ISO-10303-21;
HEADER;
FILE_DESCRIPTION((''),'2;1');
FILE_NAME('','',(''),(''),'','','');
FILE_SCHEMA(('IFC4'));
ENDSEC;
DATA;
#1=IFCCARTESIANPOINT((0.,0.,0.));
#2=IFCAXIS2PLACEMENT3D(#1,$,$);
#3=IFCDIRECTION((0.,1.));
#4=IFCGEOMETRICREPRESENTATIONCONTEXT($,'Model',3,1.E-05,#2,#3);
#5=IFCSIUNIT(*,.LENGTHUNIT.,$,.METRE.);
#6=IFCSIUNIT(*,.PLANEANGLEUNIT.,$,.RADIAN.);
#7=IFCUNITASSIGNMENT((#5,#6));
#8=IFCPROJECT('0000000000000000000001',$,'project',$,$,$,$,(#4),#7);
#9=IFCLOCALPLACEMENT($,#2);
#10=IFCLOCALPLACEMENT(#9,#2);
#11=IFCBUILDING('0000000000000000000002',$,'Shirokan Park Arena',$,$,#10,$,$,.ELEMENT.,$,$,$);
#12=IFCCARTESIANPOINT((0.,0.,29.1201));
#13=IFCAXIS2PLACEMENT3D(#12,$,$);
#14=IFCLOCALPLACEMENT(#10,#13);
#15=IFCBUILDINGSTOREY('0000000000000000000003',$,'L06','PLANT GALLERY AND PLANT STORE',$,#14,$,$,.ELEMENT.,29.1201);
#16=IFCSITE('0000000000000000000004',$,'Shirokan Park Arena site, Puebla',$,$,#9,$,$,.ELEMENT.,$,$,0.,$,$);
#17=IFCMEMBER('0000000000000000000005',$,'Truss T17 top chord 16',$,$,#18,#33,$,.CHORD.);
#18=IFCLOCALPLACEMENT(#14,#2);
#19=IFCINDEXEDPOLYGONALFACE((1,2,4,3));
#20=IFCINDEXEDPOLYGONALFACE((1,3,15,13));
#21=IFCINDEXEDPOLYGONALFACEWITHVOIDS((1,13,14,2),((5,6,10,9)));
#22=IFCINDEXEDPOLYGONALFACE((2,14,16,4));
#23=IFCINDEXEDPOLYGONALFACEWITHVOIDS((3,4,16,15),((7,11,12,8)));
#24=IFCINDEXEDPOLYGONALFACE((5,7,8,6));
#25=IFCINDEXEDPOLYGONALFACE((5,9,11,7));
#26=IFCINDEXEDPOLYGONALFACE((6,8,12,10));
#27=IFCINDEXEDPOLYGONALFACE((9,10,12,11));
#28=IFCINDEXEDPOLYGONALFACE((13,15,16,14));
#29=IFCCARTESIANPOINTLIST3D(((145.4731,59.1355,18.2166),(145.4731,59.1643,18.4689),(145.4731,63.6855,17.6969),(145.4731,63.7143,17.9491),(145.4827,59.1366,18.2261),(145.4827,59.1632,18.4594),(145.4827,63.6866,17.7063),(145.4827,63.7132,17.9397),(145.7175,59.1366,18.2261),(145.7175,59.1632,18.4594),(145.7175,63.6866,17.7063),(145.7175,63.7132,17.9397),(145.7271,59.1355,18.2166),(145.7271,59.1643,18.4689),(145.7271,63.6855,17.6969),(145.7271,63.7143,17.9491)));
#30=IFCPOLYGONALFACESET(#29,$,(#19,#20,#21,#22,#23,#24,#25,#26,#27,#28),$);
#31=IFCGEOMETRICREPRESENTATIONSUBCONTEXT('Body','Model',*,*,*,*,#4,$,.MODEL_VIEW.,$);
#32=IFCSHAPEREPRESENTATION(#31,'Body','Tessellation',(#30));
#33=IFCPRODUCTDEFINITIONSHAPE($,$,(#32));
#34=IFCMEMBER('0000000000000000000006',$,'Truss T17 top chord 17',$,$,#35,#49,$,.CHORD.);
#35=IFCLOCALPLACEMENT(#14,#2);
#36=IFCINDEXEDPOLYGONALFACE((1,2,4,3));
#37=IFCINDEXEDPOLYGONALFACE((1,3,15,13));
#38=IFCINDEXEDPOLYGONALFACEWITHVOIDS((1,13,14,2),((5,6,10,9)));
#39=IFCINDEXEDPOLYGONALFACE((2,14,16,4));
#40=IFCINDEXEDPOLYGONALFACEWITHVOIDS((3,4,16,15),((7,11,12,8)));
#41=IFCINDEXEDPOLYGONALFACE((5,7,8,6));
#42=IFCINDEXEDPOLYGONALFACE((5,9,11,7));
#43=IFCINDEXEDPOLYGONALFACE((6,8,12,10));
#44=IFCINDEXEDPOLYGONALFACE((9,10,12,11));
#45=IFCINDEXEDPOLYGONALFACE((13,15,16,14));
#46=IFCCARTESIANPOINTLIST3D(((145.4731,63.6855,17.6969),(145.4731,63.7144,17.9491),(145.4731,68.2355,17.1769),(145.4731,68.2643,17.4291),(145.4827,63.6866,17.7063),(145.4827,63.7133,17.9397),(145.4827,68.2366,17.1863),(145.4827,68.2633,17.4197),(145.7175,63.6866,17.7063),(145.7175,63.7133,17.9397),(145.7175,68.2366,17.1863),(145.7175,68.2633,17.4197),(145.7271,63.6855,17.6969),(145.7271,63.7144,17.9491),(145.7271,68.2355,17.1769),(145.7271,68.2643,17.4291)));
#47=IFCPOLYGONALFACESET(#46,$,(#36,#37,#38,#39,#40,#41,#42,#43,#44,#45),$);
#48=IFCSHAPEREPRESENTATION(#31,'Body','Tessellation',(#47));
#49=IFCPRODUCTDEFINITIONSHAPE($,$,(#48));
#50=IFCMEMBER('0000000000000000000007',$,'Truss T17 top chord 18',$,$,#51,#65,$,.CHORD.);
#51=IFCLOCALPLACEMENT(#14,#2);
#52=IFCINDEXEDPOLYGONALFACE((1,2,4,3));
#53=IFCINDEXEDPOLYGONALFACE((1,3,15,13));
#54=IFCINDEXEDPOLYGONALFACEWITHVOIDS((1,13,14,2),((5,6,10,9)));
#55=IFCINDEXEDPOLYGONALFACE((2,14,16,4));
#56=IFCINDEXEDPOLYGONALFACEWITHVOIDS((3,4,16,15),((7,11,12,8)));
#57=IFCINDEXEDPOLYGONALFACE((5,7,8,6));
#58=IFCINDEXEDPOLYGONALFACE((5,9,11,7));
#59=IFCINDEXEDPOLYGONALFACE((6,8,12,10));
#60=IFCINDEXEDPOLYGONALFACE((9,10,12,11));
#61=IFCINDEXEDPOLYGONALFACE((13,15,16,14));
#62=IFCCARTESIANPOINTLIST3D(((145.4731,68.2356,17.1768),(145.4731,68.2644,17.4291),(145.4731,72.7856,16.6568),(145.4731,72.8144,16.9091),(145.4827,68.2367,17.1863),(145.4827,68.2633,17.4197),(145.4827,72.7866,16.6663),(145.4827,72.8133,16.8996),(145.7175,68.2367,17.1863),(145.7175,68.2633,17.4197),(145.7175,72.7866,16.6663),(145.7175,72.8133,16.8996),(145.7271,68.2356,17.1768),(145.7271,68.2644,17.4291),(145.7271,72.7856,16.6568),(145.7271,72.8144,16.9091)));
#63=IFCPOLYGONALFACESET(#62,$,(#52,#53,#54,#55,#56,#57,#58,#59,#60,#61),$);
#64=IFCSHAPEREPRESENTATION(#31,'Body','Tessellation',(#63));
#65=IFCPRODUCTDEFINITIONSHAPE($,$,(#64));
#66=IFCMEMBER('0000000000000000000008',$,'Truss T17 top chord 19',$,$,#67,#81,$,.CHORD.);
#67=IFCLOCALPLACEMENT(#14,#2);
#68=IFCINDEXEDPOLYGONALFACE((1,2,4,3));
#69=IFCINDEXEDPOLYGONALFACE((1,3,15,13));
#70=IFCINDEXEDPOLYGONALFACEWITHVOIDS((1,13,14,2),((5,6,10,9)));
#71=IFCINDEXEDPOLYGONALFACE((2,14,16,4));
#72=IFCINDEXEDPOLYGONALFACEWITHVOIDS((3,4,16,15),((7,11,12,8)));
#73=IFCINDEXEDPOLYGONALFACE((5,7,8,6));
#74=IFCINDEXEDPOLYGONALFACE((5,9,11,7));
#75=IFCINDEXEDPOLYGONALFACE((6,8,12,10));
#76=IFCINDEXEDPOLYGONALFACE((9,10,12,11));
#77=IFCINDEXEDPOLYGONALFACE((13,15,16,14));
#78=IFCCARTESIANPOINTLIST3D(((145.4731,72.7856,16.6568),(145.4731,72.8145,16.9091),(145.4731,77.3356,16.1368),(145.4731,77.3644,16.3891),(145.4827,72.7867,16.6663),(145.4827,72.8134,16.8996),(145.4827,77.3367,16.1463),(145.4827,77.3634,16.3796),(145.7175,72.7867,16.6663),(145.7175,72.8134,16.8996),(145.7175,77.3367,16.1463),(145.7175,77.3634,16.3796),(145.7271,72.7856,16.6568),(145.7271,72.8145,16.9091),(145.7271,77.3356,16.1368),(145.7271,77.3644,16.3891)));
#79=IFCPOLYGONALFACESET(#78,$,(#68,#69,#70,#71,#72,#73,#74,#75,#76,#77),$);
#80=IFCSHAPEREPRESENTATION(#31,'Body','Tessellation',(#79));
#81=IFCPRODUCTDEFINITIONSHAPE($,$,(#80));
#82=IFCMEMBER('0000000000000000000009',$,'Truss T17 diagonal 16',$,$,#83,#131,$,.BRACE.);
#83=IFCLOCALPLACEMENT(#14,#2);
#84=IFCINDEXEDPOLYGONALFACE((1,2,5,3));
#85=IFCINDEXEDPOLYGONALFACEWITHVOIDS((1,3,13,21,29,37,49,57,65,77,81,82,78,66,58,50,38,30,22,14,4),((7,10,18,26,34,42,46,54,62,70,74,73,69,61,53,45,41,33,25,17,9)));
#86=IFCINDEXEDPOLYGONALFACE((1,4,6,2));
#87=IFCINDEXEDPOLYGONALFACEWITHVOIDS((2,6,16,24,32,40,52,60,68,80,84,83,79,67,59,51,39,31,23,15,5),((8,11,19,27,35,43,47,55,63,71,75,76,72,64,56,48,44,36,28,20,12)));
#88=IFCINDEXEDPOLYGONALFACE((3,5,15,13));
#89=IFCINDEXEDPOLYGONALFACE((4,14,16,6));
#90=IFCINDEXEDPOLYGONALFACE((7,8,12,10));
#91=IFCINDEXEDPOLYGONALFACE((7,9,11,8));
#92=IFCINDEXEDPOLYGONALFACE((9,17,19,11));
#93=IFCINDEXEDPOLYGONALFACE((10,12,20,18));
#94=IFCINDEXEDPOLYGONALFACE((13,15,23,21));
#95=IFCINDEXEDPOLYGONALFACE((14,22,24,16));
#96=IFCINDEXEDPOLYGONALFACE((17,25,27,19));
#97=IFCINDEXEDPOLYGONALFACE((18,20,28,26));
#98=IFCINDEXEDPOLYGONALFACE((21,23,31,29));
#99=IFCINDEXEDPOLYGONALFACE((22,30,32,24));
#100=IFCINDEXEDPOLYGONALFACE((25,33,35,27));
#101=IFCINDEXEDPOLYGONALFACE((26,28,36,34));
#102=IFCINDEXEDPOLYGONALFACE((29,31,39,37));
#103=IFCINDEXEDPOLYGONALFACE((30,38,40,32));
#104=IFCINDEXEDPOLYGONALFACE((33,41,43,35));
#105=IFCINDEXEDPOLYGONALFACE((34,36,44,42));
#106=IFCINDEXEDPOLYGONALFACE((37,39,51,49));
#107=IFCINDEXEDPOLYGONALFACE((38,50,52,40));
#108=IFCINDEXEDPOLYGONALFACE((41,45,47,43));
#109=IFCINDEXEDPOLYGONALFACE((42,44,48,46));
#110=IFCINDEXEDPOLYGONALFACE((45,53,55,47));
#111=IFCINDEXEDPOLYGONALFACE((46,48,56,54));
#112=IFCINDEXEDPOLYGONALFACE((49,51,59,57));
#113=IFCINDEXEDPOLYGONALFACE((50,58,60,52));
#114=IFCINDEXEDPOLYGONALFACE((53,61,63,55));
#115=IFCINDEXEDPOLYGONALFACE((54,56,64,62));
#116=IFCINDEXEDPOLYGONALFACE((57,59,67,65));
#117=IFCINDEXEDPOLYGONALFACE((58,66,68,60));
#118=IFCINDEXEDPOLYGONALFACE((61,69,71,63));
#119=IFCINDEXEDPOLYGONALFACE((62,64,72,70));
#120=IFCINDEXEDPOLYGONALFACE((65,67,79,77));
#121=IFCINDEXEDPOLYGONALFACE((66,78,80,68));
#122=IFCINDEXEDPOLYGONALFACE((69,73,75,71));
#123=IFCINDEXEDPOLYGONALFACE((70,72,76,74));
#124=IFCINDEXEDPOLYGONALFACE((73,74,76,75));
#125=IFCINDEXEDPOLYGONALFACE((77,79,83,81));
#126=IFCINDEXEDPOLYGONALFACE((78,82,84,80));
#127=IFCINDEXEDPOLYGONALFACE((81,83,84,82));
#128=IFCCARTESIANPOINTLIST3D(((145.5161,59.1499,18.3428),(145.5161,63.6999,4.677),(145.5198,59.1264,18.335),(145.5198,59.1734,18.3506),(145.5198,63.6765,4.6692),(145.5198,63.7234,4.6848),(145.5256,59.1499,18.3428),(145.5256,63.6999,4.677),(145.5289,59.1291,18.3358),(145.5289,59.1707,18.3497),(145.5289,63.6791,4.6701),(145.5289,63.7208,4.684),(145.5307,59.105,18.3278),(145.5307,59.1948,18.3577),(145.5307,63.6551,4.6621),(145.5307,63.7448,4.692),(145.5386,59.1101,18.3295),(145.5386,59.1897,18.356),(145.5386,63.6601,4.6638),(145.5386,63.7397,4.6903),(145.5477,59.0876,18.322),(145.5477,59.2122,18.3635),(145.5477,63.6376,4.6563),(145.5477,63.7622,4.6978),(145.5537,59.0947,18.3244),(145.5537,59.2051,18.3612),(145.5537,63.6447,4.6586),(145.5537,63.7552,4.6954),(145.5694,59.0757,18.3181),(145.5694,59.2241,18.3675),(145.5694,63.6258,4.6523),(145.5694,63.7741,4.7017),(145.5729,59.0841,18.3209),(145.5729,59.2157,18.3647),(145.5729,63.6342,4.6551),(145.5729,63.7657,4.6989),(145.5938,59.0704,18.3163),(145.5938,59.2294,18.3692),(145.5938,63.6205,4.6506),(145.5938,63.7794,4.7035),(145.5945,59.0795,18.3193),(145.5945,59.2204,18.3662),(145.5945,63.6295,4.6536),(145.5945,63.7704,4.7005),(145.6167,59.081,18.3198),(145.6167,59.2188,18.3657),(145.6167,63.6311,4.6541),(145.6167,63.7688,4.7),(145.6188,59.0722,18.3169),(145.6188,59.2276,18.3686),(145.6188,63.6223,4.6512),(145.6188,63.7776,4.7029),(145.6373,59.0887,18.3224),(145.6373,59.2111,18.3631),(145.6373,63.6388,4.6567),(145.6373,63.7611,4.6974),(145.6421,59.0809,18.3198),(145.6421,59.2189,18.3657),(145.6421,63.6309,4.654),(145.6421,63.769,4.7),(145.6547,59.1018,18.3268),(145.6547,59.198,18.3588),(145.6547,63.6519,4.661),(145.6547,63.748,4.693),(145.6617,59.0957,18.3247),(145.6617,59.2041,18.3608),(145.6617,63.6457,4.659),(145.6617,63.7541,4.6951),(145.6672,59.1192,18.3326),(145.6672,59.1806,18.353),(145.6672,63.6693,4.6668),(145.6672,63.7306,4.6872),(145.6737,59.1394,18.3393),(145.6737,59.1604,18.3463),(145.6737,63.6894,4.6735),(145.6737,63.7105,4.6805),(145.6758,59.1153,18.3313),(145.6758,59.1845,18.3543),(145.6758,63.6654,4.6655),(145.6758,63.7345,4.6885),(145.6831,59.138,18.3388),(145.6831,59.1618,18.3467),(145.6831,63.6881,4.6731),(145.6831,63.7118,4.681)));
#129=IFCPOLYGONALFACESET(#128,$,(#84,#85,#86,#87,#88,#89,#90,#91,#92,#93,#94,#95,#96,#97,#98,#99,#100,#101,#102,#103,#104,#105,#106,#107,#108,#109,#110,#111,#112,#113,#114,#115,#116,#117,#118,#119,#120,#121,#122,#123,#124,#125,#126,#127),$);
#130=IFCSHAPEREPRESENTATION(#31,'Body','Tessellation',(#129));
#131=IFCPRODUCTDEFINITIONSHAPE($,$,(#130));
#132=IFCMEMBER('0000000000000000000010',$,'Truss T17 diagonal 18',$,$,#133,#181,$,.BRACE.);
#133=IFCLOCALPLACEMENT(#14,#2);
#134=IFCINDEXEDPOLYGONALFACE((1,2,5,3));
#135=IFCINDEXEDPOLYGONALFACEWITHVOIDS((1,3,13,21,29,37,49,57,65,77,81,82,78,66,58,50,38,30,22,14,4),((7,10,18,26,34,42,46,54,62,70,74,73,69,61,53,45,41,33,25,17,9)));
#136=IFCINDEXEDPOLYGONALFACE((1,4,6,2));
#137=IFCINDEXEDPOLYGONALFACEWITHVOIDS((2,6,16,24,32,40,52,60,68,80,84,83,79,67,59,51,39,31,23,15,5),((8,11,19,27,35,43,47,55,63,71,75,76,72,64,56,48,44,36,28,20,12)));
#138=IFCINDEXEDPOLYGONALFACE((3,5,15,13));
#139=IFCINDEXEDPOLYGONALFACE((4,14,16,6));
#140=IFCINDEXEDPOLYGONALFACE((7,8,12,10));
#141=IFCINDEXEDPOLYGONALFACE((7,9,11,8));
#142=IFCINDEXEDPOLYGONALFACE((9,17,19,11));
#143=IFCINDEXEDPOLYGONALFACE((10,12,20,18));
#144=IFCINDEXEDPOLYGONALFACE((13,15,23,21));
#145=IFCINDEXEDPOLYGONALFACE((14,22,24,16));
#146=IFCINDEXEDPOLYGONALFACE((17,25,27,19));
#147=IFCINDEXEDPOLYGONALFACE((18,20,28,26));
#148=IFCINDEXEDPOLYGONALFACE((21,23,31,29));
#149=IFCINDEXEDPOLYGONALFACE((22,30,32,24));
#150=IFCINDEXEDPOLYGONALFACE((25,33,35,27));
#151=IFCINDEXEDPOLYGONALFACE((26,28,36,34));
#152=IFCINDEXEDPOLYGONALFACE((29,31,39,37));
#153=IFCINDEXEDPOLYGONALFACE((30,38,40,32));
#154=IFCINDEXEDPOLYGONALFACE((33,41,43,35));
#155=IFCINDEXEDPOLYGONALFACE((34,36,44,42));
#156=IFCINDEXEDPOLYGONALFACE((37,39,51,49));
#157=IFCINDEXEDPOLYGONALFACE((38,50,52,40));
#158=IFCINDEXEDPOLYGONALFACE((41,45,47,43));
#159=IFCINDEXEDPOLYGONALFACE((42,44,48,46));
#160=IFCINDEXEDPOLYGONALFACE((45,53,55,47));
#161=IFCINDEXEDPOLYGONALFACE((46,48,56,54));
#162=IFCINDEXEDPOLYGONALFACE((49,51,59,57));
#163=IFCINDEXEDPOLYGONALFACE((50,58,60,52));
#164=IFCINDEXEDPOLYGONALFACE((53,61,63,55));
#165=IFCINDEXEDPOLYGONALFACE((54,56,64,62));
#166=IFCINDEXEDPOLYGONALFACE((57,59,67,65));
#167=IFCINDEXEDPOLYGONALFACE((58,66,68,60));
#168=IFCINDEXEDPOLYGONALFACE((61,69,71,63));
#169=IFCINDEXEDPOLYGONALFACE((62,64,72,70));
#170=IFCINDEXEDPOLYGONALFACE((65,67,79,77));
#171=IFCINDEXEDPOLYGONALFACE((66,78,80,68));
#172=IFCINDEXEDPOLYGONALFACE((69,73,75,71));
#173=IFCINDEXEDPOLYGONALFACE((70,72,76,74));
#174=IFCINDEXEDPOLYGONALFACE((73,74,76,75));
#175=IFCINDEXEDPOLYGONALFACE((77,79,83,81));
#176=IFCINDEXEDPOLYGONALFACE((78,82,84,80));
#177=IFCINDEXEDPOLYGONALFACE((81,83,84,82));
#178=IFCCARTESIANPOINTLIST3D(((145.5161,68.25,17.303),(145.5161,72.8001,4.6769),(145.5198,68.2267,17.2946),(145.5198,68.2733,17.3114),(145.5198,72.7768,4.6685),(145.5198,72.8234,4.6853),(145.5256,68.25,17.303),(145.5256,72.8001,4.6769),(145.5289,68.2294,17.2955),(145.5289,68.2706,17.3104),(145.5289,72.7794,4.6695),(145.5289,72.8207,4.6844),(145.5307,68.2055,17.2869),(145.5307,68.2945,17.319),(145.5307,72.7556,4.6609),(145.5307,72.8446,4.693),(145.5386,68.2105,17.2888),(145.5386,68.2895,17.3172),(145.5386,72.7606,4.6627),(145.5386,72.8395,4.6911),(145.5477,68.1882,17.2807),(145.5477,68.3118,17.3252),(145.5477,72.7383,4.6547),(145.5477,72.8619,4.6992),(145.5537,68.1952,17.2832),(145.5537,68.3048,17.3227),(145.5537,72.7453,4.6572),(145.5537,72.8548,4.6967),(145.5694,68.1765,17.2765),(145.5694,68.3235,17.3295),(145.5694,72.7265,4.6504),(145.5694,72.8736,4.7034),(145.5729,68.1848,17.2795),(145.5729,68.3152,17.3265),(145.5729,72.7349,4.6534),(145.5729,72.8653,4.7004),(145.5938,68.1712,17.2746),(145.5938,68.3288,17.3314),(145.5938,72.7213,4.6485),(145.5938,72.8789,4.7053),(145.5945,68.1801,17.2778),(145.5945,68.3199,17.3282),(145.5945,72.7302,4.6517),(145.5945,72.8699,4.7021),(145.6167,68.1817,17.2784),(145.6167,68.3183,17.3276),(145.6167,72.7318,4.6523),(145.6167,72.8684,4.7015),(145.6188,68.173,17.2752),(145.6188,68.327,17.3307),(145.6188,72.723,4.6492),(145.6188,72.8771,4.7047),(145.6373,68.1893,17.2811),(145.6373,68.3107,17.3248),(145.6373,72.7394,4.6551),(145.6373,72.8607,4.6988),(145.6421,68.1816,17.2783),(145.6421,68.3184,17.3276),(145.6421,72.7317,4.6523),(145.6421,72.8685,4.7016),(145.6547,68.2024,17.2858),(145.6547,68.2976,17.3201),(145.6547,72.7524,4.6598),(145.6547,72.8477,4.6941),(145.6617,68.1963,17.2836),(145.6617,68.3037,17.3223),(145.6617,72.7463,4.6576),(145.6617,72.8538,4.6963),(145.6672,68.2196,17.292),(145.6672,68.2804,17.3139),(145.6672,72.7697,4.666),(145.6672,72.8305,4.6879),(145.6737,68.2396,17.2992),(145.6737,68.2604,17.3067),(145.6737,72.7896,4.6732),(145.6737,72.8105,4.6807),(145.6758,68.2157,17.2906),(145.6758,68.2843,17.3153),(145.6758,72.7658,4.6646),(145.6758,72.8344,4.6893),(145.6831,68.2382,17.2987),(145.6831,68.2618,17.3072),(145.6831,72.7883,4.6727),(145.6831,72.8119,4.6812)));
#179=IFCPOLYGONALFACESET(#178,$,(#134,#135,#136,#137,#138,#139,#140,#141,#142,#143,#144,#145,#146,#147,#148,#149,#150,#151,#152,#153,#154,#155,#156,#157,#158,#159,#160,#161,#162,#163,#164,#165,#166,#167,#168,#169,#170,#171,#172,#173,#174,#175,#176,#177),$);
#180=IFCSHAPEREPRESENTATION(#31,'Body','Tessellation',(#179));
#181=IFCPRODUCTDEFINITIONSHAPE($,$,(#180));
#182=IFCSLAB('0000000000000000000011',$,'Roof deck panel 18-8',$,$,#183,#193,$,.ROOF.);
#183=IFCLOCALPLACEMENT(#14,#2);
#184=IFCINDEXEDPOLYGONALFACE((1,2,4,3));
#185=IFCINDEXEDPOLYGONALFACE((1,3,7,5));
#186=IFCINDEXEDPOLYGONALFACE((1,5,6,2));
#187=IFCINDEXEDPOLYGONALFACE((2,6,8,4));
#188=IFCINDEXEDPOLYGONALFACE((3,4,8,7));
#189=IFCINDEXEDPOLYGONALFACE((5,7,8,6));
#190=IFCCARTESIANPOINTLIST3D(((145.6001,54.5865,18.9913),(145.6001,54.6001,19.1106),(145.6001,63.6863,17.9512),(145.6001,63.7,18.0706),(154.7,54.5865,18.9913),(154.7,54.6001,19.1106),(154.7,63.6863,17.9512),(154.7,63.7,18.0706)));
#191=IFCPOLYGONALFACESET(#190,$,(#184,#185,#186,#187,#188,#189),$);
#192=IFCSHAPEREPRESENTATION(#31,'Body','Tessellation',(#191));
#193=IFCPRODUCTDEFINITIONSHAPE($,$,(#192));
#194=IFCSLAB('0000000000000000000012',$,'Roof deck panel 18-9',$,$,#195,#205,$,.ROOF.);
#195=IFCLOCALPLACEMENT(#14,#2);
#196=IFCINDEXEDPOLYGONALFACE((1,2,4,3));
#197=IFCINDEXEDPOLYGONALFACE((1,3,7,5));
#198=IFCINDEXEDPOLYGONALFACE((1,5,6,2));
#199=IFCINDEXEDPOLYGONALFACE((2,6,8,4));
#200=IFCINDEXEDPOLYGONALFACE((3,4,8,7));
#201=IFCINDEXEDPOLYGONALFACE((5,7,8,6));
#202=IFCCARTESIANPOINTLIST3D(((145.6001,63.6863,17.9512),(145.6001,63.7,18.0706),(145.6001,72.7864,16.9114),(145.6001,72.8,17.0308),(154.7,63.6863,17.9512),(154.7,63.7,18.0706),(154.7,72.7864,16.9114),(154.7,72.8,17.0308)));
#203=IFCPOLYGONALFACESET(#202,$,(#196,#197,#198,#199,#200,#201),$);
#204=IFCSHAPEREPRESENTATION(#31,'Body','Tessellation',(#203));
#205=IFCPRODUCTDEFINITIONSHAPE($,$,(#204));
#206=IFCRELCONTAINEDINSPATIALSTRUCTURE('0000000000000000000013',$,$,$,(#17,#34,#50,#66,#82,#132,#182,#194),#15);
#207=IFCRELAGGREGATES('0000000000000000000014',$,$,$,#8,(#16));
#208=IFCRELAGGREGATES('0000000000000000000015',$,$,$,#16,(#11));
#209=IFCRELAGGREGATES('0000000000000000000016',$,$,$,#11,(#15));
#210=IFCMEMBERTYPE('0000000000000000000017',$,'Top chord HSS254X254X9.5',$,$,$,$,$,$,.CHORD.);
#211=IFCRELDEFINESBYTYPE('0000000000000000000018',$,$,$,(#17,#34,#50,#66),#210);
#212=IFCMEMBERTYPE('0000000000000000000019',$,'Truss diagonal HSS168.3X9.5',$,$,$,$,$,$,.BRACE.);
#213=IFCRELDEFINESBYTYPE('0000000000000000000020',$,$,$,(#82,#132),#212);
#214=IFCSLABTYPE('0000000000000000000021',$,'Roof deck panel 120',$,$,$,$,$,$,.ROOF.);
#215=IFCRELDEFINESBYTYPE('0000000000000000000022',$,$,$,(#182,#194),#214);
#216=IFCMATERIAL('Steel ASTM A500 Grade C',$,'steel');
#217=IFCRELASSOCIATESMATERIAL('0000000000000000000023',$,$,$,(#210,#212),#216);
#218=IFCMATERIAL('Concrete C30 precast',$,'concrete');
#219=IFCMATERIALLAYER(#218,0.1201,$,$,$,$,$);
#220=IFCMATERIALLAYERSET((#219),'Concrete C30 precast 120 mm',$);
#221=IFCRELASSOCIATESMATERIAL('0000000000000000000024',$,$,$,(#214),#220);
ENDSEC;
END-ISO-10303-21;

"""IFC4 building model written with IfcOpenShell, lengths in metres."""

from ifc_helpers import new_model, si_unit, direction, frame, origin, origin_2d, place, context, subcontext, project, spatial, polyline, hollow_rectangle, hollow_circle, outline, extrude, material, layer, layer_set, material_profile, profile_set, type_object, element, save


model = new_model("IFC4")

# Units and contexts
model_context = context("Model", 3, precision=1e-05, world=origin(), true_north=direction((0.0, 1.0)))
body_context = subcontext(model_context, "Body", "Model", "MODEL_VIEW")
ifc_project = project(units=[si_unit("LENGTHUNIT", "METRE"), si_unit("PLANEANGLEUNIT", "RADIAN")], contexts=[model_context])

# Site, building, storey
site_placement = place(None, origin())
site = spatial("IfcSite", under=ifc_project, at=site_placement, Name="Shirokan Park Arena site, Puebla", CompositionType="ELEMENT", RefElevation=0.0)
building_placement = place(site_placement, origin())
building = spatial("IfcBuilding", under=site, at=building_placement, Name="Shirokan Park Arena", CompositionType="ELEMENT")
storey_placement = place(building_placement, frame((0.0, 0.0, 29.1201)))
storey = spatial("IfcBuildingStorey", under=building, at=storey_placement, Name="L06", Description="PLANT GALLERY AND PLANT STORE", CompositionType="ELEMENT", Elevation=29.1201)

# Members
ifc_material_1 = material(Name="Steel ASTM A500 Grade C", Category="steel")
ifc_material_profile_1 = material_profile(ifc_material_1, hollow_rectangle(XDim=0.2539, YDim=0.2539, WallThickness=0.0095, at=origin_2d()), Name="HSS254X254X9.5")
ifc_profile_set_1 = profile_set([ifc_material_profile_1], Name="Steel ASTM A500 Grade C")
member_type_1 = type_object("IfcMemberType", Name="Top chord HSS254X254X9.5", PredefinedType="CHORD", material=ifc_profile_set_1)
for number, where, z_axis, x_axis, name in (
    (1, (145.6001, 59.1499, 18.3428), (0.0, 0.993538, -0.113497), (-1.0, 0.0, 0.0), "Truss T17 top chord 16"),
    (2, (145.6001, 63.7, 17.823), (0.0, 0.993532, -0.11355), (-1.0, 0.0, 0.0), "Truss T17 top chord 17"),
    (3, (145.6001, 68.25, 17.303), (0.0, 0.993532, -0.11355), (-1.0, 0.0, 0.0), "Truss T17 top chord 18"),
    (4, (145.6001, 72.8, 16.783), (0.0, 0.993532, -0.11355), (-1.0, 0.0, 0.0), "Truss T17 top chord 19"),
):
    element("IfcMember", number, at=place(storey_placement, frame(where, z_axis=z_axis, x_axis=x_axis)), inside=storey, type_object=member_type_1, Name=name, PredefinedType="CHORD", context=body_context, shape_type="SweptSolid", body=[
        extrude(hollow_rectangle(XDim=0.2539, YDim=0.2539, WallThickness=0.0095, at=origin_2d()), origin(), (0.0, 0.0, 1.0), 4.5796),
    ])
ifc_material_profile_2 = material_profile(ifc_material_1, hollow_circle(Radius=0.084, WallThickness=0.0095, at=origin_2d()), Name="HSS168.3X9.5")
ifc_profile_set_2 = profile_set([ifc_material_profile_2], Name="Steel ASTM A500 Grade C")
member_type_2 = type_object("IfcMemberType", Name="Truss diagonal HSS168.3X9.5", PredefinedType="BRACE", material=ifc_profile_set_2)
member_1_placement = place(storey_placement, frame((145.6001, 59.1499, 18.3428), z_axis=(0.0, 0.315902, -0.948792), x_axis=(-1.0, 0.0, 0.0)))
element("IfcMember", 5, at=member_1_placement, inside=storey, type_object=member_type_2, Name="Truss T17 diagonal 16", PredefinedType="BRACE", context=body_context, shape_type="SweptSolid", body=[
    extrude(hollow_circle(Radius=0.084, WallThickness=0.0095, at=origin_2d()), origin(), (0.0, 0.0, 1.0), 14.4033),
])
member_2_placement = place(storey_placement, frame((145.6001, 68.25, 17.303), z_axis=(0.0, 0.339029, -0.940776), x_axis=(-1.0, 0.0, 0.0)))
element("IfcMember", 6, at=member_2_placement, inside=storey, type_object=member_type_2, Name="Truss T17 diagonal 18", PredefinedType="BRACE", context=body_context, shape_type="SweptSolid", body=[
    extrude(hollow_circle(Radius=0.084, WallThickness=0.0095, at=origin_2d()), origin(), (0.0, 0.0, 1.0), 13.4209),
])

# Slabs
ifc_material_2 = material(Name="Concrete C30 precast", Category="concrete")
ifc_layer_1 = layer(ifc_material_2, 0.1201)
ifc_layer_set_1 = layer_set([ifc_layer_1], Name="Concrete C30 precast 120 mm")
slab_type = type_object("IfcSlabType", Name="Roof deck panel 120", PredefinedType="ROOF", material=ifc_layer_set_1)
slab_1_placement = place(storey_placement, frame((145.6001, 54.6001, 19.1106), z_axis=(0.0, 0.113553, 0.993532), x_axis=(1.0, 0.0, 0.0)))
element("IfcSlab", 7, at=slab_1_placement, inside=storey, type_object=slab_type, Name="Roof deck panel 18-8", PredefinedType="ROOF", context=body_context, shape_type="SweptSolid", body=[
    extrude(outline(polyline([(0.0, 0.0), (9.0999, 0.0), (9.0999, 9.1591), (0.0, 9.1591), (0.0, 0.0)])), origin(), (0.0, 0.0, -1.0), 0.1201),
])
slab_2_placement = place(storey_placement, frame((145.6001, 63.7, 18.0706), z_axis=(0.0, 0.113523, 0.993535), x_axis=(1.0, 0.0, 0.0)))
element("IfcSlab", 8, at=slab_2_placement, inside=storey, type_object=slab_type, Name="Roof deck panel 18-9", PredefinedType="ROOF", context=body_context, shape_type="SweptSolid", body=[
    extrude(outline(polyline([(0.0, 0.0), (9.0999, 0.0), (9.0999, 9.1593), (0.0, 9.1593), (0.0, 0.0)])), origin(), (0.0, 0.0, -1.0), 0.1201),
])

save(model, "model.ifc")
